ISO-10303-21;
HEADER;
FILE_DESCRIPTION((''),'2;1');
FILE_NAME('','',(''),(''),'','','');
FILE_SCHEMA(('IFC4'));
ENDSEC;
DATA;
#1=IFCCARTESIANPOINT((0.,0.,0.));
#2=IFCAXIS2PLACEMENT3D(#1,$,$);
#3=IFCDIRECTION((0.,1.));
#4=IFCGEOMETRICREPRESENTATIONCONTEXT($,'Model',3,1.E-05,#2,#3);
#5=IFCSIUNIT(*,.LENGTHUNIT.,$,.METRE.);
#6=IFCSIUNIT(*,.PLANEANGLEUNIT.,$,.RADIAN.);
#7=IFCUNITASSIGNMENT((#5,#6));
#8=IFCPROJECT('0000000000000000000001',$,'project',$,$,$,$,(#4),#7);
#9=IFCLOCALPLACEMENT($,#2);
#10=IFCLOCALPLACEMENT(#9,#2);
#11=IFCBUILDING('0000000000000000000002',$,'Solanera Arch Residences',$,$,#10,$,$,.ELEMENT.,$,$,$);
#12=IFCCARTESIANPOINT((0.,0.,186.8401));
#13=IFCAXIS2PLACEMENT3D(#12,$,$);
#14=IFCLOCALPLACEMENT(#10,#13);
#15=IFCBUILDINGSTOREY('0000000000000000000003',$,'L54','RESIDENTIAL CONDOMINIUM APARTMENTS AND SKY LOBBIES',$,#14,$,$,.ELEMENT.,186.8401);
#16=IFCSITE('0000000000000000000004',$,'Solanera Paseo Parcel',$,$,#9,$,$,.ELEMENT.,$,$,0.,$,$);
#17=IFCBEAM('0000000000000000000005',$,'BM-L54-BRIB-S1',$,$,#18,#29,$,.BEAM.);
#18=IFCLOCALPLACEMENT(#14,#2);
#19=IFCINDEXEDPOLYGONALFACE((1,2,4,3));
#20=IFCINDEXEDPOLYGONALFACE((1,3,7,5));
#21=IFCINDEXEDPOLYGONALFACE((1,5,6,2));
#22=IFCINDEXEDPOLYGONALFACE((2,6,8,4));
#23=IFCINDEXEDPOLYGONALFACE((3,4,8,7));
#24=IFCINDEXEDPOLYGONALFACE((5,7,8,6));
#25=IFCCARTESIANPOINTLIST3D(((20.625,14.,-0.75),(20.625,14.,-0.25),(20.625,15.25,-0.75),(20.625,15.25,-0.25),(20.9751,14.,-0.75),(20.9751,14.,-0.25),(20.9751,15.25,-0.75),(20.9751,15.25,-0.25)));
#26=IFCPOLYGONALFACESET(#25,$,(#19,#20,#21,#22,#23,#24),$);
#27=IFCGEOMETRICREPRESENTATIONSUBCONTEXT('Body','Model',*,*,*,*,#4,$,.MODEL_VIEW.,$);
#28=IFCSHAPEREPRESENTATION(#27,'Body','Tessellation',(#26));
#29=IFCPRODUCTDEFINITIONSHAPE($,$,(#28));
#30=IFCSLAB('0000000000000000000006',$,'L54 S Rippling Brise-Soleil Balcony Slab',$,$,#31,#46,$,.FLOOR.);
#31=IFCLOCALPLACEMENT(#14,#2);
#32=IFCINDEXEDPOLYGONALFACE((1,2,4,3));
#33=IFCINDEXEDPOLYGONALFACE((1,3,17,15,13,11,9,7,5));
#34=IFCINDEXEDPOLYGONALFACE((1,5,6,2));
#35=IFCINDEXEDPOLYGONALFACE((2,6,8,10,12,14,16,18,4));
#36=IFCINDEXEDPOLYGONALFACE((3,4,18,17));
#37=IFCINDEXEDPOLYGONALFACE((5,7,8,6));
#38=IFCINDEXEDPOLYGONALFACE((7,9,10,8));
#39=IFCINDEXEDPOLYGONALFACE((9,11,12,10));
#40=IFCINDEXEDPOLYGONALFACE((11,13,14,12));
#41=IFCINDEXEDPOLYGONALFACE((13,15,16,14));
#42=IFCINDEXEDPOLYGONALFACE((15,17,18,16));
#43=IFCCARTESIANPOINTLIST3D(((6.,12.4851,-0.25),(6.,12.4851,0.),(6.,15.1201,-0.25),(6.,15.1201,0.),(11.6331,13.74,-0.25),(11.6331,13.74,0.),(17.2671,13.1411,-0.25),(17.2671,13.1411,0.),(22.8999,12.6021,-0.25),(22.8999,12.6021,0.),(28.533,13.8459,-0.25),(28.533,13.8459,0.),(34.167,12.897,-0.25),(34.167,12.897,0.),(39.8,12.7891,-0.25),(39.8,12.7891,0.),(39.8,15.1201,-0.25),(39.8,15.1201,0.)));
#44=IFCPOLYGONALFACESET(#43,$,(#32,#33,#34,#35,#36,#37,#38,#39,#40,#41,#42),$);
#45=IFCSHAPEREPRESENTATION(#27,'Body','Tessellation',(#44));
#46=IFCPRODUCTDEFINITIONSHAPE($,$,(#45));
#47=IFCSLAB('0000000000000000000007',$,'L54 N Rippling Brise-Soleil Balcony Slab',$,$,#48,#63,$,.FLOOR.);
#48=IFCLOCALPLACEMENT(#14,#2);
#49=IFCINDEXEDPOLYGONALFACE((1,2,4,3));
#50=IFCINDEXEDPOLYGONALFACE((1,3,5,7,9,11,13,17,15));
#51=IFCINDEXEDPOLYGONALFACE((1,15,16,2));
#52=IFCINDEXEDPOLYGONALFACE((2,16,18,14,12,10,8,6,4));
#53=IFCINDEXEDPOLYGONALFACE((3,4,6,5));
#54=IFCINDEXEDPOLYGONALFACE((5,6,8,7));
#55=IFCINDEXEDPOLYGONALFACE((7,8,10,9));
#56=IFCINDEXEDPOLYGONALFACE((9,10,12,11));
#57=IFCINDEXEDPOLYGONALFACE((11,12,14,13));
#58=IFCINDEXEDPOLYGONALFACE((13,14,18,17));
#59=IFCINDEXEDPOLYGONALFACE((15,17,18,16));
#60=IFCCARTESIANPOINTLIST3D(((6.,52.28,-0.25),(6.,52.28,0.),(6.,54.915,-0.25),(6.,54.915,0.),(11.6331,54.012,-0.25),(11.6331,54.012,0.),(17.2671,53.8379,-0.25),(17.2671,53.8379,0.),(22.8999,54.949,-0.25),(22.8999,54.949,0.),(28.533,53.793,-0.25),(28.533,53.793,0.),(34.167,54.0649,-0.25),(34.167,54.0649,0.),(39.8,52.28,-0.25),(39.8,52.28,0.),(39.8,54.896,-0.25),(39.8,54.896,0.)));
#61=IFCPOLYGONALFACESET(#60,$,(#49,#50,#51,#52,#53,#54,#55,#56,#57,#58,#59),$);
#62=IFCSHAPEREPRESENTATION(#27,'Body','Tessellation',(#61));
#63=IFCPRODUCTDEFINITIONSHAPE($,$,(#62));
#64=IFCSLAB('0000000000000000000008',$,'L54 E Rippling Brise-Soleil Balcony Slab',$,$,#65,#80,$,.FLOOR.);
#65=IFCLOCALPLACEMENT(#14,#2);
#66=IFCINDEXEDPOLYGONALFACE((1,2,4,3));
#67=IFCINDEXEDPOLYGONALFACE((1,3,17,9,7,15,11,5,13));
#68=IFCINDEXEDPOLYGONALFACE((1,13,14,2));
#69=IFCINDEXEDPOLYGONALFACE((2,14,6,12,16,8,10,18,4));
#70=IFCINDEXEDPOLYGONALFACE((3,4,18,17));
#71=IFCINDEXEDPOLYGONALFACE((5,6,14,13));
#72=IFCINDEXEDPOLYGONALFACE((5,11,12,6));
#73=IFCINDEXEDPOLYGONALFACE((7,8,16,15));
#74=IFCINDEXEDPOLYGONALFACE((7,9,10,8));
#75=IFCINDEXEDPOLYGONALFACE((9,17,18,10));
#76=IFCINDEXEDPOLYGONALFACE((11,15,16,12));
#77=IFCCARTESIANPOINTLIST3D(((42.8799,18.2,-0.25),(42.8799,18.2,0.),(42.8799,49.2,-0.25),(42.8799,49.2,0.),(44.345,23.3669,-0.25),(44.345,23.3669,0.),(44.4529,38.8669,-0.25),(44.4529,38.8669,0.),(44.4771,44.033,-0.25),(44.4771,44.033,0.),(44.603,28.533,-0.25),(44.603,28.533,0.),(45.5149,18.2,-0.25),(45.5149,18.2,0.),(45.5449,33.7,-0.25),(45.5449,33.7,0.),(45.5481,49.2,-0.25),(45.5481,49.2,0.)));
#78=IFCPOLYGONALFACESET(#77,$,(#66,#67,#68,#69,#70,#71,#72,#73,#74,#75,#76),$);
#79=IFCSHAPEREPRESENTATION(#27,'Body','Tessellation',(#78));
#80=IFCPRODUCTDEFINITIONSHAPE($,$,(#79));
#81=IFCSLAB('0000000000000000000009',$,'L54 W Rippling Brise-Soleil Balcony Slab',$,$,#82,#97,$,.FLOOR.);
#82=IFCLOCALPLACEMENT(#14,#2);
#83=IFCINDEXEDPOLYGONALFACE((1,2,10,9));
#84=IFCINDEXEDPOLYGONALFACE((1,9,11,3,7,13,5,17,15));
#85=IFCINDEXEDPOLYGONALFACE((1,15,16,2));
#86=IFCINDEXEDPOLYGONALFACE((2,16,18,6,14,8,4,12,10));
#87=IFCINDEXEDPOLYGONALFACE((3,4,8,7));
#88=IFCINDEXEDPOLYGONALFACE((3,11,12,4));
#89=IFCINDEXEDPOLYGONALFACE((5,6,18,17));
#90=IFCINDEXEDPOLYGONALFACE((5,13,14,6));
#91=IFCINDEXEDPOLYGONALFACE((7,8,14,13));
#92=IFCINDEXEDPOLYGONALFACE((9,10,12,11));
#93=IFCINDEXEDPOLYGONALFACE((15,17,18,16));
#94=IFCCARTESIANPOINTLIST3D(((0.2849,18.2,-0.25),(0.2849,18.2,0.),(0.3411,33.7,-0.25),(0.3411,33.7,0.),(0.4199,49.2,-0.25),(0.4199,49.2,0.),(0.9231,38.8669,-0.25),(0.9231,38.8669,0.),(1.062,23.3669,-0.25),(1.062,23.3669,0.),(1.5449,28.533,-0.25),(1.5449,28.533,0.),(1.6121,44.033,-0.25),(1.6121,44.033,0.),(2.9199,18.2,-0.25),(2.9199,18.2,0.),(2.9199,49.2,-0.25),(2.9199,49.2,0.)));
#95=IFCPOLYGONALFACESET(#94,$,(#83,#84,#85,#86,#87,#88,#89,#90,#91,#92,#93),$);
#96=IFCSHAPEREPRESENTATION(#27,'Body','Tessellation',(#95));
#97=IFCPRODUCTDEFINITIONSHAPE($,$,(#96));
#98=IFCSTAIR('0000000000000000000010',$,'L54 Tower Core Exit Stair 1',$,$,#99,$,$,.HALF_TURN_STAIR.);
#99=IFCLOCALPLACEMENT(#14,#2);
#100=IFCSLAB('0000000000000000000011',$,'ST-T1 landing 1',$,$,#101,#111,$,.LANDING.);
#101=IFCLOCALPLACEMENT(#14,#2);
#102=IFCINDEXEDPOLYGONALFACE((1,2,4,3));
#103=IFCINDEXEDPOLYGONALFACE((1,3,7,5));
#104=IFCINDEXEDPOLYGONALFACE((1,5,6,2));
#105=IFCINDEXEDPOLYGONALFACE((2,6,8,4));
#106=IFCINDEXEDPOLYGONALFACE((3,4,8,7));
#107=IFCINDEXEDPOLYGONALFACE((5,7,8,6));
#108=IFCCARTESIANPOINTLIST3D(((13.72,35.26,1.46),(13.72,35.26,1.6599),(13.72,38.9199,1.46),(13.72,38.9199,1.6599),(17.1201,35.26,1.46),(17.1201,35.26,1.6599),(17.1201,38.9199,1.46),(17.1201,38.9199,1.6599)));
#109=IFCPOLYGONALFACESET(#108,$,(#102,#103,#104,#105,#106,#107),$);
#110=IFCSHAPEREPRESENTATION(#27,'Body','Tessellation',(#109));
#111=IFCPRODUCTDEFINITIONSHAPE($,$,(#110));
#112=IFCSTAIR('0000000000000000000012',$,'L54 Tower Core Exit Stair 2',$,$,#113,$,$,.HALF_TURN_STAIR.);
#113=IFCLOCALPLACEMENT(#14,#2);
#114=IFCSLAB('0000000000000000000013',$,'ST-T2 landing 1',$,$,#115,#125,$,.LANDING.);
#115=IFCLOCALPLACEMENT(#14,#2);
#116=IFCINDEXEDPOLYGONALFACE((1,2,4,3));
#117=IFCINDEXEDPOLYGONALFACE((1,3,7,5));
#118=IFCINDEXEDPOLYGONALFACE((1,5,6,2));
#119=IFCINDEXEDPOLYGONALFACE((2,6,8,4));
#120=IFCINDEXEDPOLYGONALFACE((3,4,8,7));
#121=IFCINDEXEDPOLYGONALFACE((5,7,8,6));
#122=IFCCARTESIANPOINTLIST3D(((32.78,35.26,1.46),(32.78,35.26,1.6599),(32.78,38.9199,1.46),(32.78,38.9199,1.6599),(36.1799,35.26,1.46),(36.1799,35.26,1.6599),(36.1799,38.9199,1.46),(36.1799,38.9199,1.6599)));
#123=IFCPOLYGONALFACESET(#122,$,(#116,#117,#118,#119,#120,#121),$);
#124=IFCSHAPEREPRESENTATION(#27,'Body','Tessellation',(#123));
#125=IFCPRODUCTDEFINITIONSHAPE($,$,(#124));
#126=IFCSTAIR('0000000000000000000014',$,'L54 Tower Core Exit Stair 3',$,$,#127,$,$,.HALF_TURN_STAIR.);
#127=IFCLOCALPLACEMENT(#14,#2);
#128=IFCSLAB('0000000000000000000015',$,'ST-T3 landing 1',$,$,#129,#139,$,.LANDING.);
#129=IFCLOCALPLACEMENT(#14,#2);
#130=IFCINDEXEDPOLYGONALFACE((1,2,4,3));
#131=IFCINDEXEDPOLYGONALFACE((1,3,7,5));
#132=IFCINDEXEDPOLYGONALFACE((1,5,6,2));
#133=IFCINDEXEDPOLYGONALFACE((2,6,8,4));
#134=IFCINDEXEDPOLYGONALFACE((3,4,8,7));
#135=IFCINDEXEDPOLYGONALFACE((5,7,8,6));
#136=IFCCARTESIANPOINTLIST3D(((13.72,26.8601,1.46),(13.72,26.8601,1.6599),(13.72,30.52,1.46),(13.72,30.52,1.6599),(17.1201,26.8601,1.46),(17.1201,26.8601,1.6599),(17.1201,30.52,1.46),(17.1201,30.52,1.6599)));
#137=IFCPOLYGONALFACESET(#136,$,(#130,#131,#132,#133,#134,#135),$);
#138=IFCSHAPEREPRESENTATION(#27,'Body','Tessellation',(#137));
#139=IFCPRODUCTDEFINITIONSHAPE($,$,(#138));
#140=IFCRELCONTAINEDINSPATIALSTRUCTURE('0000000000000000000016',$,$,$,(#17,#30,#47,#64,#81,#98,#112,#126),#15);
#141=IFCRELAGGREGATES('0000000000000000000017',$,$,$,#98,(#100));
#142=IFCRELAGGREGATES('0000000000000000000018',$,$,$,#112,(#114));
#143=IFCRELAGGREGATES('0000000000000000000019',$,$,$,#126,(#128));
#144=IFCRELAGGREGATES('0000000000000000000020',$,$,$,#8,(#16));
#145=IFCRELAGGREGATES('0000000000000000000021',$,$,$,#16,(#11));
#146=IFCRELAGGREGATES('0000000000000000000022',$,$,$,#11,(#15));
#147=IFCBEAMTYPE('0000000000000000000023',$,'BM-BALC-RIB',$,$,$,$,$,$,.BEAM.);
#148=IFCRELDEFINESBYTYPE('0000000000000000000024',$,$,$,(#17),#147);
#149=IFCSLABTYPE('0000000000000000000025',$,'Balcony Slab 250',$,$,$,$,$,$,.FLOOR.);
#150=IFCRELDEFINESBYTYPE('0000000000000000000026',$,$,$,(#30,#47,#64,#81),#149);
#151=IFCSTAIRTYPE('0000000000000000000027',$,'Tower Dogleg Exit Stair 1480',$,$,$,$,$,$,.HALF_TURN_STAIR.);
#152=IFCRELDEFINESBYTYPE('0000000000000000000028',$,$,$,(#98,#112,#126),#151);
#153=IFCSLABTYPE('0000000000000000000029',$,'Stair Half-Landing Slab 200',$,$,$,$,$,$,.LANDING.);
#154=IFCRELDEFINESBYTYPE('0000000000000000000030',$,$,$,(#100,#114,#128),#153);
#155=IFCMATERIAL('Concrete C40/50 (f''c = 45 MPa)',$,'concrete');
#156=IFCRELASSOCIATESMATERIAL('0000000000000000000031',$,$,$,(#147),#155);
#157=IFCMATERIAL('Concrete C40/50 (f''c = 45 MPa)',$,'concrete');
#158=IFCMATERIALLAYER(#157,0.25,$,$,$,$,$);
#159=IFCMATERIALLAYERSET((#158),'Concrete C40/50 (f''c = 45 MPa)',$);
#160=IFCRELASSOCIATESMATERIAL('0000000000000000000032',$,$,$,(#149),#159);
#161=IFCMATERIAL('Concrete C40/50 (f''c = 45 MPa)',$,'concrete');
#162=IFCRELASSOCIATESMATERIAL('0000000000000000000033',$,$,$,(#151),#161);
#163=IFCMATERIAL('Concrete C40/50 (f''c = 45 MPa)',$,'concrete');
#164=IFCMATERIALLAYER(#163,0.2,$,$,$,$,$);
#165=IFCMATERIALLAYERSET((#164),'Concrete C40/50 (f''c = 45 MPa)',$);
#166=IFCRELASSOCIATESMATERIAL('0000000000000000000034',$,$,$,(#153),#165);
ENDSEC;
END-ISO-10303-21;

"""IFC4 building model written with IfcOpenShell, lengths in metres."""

from ifc_helpers import new_model, si_unit, direction, frame, origin, origin_2d, place, context, subcontext, project, spatial, polyline, rectangle, outline, extrude, material, layer, layer_set, material_profile, profile_set, type_object, element, aggregate, save


model = new_model("IFC4")

# Units and contexts
model_context = context("Model", 3, precision=1e-05, world=origin(), true_north=direction((0.0, 1.0)))
body_context = subcontext(model_context, "Body", "Model", "MODEL_VIEW")
ifc_project = project(units=[si_unit("LENGTHUNIT", "METRE"), si_unit("PLANEANGLEUNIT", "RADIAN")], contexts=[model_context])

# Site, building, storey
site_placement = place(None, origin())
site = spatial("IfcSite", under=ifc_project, at=site_placement, Name="Solanera Paseo Parcel", CompositionType="ELEMENT", RefElevation=0.0)
building_placement = place(site_placement, origin())
building = spatial("IfcBuilding", under=site, at=building_placement, Name="Solanera Arch Residences", CompositionType="ELEMENT")
storey_placement = place(building_placement, frame((0.0, 0.0, 186.8401)))
storey = spatial("IfcBuildingStorey", under=building, at=storey_placement, Name="L54", Description="RESIDENTIAL CONDOMINIUM APARTMENTS AND SKY LOBBIES", CompositionType="ELEMENT", Elevation=186.8401)

# Beam
ifc_material_1 = material(Name="Concrete C40/50 (f'c = 45 MPa)", Category="concrete")
ifc_material_profile = material_profile(ifc_material_1, rectangle(XDim=0.3501, YDim=0.5, at=origin_2d()))
ifc_profile_set = profile_set([ifc_material_profile], Name="Concrete C40/50 (f'c = 45 MPa)")
beam_type = type_object("IfcBeamType", Name="BM-BALC-RIB", PredefinedType="BEAM", material=ifc_profile_set)
beam_placement = place(storey_placement, frame((20.8, 14.0, -0.5), z_axis=(0.0, 1.0, 0.0), x_axis=(-1.0, 0.0, 0.0)))
element("IfcBeam", 1, at=beam_placement, inside=storey, type_object=beam_type, Name="BM-L54-BRIB-S1", PredefinedType="BEAM", context=body_context, shape_type="SweptSolid", body=[
    extrude(rectangle(XDim=0.3501, YDim=0.5, at=origin_2d()), origin(), (0.0, 0.0, 1.0), 1.25),
])

# Slabs
ifc_material_2 = material(Name="Concrete C40/50 (f'c = 45 MPa)", Category="concrete")
ifc_layer_1 = layer(ifc_material_2, 0.25)
ifc_layer_set_1 = layer_set([ifc_layer_1], Name="Concrete C40/50 (f'c = 45 MPa)")
slab_type_1 = type_object("IfcSlabType", Name="Balcony Slab 250", PredefinedType="FLOOR", material=ifc_layer_set_1)
slab_1_placement = place(storey_placement, frame((0.0, 0.0, -0.25)))
element("IfcSlab", 2, at=slab_1_placement, inside=storey, type_object=slab_type_1, Name="L54 S Rippling Brise-Soleil Balcony Slab", PredefinedType="FLOOR", context=body_context, shape_type="SweptSolid", body=[
    extrude(outline(polyline([(6.0, 12.4851), (11.6331, 13.74), (17.2671, 13.1411), (22.8999, 12.6021), (28.533, 13.8459), (34.167, 12.897), (39.8, 12.7891), (39.8, 15.1201), (6.0, 15.1201), (6.0, 12.4851)])), origin(), (0.0, 0.0, 1.0), 0.25),
])
slab_2_placement = place(storey_placement, frame((0.0, 0.0, -0.25)))
element("IfcSlab", 3, at=slab_2_placement, inside=storey, type_object=slab_type_1, Name="L54 N Rippling Brise-Soleil Balcony Slab", PredefinedType="FLOOR", context=body_context, shape_type="SweptSolid", body=[
    extrude(outline(polyline([(39.8, 54.896), (34.167, 54.0649), (28.533, 53.793), (22.8999, 54.949), (17.2671, 53.8379), (11.6331, 54.012), (6.0, 54.915), (6.0, 52.28), (39.8, 52.28), (39.8, 54.896)])), origin(), (0.0, 0.0, 1.0), 0.25),
])
slab_3_placement = place(storey_placement, frame((0.0, 0.0, -0.25)))
element("IfcSlab", 4, at=slab_3_placement, inside=storey, type_object=slab_type_1, Name="L54 E Rippling Brise-Soleil Balcony Slab", PredefinedType="FLOOR", context=body_context, shape_type="SweptSolid", body=[
    extrude(outline(polyline([(45.5149, 18.2), (44.345, 23.3669), (44.603, 28.533), (45.5449, 33.7), (44.4529, 38.8669), (44.4771, 44.033), (45.5481, 49.2), (42.8799, 49.2), (42.8799, 18.2), (45.5149, 18.2)])), origin(), (0.0, 0.0, 1.0), 0.25),
])
slab_4_placement = place(storey_placement, frame((0.0, 0.0, -0.25)))
element("IfcSlab", 5, at=slab_4_placement, inside=storey, type_object=slab_type_1, Name="L54 W Rippling Brise-Soleil Balcony Slab", PredefinedType="FLOOR", context=body_context, shape_type="SweptSolid", body=[
    extrude(outline(polyline([(0.4199, 49.2), (1.6121, 44.033), (0.9231, 38.8669), (0.3411, 33.7), (1.5449, 28.533), (1.062, 23.3669), (0.2849, 18.2), (2.9199, 18.2), (2.9199, 49.2), (0.4199, 49.2)])), origin(), (0.0, 0.0, 1.0), 0.25),
])

# Stairs, slabs
ifc_material_3 = material(Name="Concrete C40/50 (f'c = 45 MPa)", Category="concrete")
stair_type = type_object("IfcStairType", Name="Tower Dogleg Exit Stair 1480", PredefinedType="HALF_TURN_STAIR", material=ifc_material_3)
stair_1_placement = place(storey_placement, origin())
stair_1 = element("IfcStair", 6, at=stair_1_placement, inside=storey, type_object=stair_type, Name="L54 Tower Core Exit Stair 1", PredefinedType="HALF_TURN_STAIR")
ifc_material_4 = material(Name="Concrete C40/50 (f'c = 45 MPa)", Category="concrete")
ifc_layer_2 = layer(ifc_material_4, 0.2)
ifc_layer_set_2 = layer_set([ifc_layer_2], Name="Concrete C40/50 (f'c = 45 MPa)")
slab_type_2 = type_object("IfcSlabType", Name="Stair Half-Landing Slab 200", PredefinedType="LANDING", material=ifc_layer_set_2)
slab_5_placement = place(storey_placement, frame((0.0, 0.0, 1.46)))
slab_5 = element("IfcSlab", 7, at=slab_5_placement, type_object=slab_type_2, Name="ST-T1 landing 1", PredefinedType="LANDING", context=body_context, shape_type="SweptSolid", body=[
    extrude(outline(polyline([(17.1201, 35.26), (17.1201, 38.9199), (13.72, 38.9199), (13.72, 35.26), (17.1201, 35.26)])), origin(), (0.0, 0.0, 1.0), 0.2),
])
aggregate(stair_1, [slab_5])
stair_2_placement = place(storey_placement, origin())
stair_2 = element("IfcStair", 8, at=stair_2_placement, inside=storey, type_object=stair_type, Name="L54 Tower Core Exit Stair 2", PredefinedType="HALF_TURN_STAIR")
slab_6_placement = place(storey_placement, frame((0.0, 0.0, 1.46)))
slab_6 = element("IfcSlab", 9, at=slab_6_placement, type_object=slab_type_2, Name="ST-T2 landing 1", PredefinedType="LANDING", context=body_context, shape_type="SweptSolid", body=[
    extrude(outline(polyline([(36.1799, 35.26), (36.1799, 38.9199), (32.78, 38.9199), (32.78, 35.26), (36.1799, 35.26)])), origin(), (0.0, 0.0, 1.0), 0.2),
])
aggregate(stair_2, [slab_6])
stair_3_placement = place(storey_placement, origin())
stair_3 = element("IfcStair", 10, at=stair_3_placement, inside=storey, type_object=stair_type, Name="L54 Tower Core Exit Stair 3", PredefinedType="HALF_TURN_STAIR")
slab_7_placement = place(storey_placement, frame((0.0, 0.0, 1.46)))
slab_7 = element("IfcSlab", 11, at=slab_7_placement, type_object=slab_type_2, Name="ST-T3 landing 1", PredefinedType="LANDING", context=body_context, shape_type="SweptSolid", body=[
    extrude(outline(polyline([(17.1201, 26.8601), (17.1201, 30.52), (13.72, 30.52), (13.72, 26.8601), (17.1201, 26.8601)])), origin(), (0.0, 0.0, 1.0), 0.2),
])
aggregate(stair_3, [slab_7])

save(model, "model.ifc")
